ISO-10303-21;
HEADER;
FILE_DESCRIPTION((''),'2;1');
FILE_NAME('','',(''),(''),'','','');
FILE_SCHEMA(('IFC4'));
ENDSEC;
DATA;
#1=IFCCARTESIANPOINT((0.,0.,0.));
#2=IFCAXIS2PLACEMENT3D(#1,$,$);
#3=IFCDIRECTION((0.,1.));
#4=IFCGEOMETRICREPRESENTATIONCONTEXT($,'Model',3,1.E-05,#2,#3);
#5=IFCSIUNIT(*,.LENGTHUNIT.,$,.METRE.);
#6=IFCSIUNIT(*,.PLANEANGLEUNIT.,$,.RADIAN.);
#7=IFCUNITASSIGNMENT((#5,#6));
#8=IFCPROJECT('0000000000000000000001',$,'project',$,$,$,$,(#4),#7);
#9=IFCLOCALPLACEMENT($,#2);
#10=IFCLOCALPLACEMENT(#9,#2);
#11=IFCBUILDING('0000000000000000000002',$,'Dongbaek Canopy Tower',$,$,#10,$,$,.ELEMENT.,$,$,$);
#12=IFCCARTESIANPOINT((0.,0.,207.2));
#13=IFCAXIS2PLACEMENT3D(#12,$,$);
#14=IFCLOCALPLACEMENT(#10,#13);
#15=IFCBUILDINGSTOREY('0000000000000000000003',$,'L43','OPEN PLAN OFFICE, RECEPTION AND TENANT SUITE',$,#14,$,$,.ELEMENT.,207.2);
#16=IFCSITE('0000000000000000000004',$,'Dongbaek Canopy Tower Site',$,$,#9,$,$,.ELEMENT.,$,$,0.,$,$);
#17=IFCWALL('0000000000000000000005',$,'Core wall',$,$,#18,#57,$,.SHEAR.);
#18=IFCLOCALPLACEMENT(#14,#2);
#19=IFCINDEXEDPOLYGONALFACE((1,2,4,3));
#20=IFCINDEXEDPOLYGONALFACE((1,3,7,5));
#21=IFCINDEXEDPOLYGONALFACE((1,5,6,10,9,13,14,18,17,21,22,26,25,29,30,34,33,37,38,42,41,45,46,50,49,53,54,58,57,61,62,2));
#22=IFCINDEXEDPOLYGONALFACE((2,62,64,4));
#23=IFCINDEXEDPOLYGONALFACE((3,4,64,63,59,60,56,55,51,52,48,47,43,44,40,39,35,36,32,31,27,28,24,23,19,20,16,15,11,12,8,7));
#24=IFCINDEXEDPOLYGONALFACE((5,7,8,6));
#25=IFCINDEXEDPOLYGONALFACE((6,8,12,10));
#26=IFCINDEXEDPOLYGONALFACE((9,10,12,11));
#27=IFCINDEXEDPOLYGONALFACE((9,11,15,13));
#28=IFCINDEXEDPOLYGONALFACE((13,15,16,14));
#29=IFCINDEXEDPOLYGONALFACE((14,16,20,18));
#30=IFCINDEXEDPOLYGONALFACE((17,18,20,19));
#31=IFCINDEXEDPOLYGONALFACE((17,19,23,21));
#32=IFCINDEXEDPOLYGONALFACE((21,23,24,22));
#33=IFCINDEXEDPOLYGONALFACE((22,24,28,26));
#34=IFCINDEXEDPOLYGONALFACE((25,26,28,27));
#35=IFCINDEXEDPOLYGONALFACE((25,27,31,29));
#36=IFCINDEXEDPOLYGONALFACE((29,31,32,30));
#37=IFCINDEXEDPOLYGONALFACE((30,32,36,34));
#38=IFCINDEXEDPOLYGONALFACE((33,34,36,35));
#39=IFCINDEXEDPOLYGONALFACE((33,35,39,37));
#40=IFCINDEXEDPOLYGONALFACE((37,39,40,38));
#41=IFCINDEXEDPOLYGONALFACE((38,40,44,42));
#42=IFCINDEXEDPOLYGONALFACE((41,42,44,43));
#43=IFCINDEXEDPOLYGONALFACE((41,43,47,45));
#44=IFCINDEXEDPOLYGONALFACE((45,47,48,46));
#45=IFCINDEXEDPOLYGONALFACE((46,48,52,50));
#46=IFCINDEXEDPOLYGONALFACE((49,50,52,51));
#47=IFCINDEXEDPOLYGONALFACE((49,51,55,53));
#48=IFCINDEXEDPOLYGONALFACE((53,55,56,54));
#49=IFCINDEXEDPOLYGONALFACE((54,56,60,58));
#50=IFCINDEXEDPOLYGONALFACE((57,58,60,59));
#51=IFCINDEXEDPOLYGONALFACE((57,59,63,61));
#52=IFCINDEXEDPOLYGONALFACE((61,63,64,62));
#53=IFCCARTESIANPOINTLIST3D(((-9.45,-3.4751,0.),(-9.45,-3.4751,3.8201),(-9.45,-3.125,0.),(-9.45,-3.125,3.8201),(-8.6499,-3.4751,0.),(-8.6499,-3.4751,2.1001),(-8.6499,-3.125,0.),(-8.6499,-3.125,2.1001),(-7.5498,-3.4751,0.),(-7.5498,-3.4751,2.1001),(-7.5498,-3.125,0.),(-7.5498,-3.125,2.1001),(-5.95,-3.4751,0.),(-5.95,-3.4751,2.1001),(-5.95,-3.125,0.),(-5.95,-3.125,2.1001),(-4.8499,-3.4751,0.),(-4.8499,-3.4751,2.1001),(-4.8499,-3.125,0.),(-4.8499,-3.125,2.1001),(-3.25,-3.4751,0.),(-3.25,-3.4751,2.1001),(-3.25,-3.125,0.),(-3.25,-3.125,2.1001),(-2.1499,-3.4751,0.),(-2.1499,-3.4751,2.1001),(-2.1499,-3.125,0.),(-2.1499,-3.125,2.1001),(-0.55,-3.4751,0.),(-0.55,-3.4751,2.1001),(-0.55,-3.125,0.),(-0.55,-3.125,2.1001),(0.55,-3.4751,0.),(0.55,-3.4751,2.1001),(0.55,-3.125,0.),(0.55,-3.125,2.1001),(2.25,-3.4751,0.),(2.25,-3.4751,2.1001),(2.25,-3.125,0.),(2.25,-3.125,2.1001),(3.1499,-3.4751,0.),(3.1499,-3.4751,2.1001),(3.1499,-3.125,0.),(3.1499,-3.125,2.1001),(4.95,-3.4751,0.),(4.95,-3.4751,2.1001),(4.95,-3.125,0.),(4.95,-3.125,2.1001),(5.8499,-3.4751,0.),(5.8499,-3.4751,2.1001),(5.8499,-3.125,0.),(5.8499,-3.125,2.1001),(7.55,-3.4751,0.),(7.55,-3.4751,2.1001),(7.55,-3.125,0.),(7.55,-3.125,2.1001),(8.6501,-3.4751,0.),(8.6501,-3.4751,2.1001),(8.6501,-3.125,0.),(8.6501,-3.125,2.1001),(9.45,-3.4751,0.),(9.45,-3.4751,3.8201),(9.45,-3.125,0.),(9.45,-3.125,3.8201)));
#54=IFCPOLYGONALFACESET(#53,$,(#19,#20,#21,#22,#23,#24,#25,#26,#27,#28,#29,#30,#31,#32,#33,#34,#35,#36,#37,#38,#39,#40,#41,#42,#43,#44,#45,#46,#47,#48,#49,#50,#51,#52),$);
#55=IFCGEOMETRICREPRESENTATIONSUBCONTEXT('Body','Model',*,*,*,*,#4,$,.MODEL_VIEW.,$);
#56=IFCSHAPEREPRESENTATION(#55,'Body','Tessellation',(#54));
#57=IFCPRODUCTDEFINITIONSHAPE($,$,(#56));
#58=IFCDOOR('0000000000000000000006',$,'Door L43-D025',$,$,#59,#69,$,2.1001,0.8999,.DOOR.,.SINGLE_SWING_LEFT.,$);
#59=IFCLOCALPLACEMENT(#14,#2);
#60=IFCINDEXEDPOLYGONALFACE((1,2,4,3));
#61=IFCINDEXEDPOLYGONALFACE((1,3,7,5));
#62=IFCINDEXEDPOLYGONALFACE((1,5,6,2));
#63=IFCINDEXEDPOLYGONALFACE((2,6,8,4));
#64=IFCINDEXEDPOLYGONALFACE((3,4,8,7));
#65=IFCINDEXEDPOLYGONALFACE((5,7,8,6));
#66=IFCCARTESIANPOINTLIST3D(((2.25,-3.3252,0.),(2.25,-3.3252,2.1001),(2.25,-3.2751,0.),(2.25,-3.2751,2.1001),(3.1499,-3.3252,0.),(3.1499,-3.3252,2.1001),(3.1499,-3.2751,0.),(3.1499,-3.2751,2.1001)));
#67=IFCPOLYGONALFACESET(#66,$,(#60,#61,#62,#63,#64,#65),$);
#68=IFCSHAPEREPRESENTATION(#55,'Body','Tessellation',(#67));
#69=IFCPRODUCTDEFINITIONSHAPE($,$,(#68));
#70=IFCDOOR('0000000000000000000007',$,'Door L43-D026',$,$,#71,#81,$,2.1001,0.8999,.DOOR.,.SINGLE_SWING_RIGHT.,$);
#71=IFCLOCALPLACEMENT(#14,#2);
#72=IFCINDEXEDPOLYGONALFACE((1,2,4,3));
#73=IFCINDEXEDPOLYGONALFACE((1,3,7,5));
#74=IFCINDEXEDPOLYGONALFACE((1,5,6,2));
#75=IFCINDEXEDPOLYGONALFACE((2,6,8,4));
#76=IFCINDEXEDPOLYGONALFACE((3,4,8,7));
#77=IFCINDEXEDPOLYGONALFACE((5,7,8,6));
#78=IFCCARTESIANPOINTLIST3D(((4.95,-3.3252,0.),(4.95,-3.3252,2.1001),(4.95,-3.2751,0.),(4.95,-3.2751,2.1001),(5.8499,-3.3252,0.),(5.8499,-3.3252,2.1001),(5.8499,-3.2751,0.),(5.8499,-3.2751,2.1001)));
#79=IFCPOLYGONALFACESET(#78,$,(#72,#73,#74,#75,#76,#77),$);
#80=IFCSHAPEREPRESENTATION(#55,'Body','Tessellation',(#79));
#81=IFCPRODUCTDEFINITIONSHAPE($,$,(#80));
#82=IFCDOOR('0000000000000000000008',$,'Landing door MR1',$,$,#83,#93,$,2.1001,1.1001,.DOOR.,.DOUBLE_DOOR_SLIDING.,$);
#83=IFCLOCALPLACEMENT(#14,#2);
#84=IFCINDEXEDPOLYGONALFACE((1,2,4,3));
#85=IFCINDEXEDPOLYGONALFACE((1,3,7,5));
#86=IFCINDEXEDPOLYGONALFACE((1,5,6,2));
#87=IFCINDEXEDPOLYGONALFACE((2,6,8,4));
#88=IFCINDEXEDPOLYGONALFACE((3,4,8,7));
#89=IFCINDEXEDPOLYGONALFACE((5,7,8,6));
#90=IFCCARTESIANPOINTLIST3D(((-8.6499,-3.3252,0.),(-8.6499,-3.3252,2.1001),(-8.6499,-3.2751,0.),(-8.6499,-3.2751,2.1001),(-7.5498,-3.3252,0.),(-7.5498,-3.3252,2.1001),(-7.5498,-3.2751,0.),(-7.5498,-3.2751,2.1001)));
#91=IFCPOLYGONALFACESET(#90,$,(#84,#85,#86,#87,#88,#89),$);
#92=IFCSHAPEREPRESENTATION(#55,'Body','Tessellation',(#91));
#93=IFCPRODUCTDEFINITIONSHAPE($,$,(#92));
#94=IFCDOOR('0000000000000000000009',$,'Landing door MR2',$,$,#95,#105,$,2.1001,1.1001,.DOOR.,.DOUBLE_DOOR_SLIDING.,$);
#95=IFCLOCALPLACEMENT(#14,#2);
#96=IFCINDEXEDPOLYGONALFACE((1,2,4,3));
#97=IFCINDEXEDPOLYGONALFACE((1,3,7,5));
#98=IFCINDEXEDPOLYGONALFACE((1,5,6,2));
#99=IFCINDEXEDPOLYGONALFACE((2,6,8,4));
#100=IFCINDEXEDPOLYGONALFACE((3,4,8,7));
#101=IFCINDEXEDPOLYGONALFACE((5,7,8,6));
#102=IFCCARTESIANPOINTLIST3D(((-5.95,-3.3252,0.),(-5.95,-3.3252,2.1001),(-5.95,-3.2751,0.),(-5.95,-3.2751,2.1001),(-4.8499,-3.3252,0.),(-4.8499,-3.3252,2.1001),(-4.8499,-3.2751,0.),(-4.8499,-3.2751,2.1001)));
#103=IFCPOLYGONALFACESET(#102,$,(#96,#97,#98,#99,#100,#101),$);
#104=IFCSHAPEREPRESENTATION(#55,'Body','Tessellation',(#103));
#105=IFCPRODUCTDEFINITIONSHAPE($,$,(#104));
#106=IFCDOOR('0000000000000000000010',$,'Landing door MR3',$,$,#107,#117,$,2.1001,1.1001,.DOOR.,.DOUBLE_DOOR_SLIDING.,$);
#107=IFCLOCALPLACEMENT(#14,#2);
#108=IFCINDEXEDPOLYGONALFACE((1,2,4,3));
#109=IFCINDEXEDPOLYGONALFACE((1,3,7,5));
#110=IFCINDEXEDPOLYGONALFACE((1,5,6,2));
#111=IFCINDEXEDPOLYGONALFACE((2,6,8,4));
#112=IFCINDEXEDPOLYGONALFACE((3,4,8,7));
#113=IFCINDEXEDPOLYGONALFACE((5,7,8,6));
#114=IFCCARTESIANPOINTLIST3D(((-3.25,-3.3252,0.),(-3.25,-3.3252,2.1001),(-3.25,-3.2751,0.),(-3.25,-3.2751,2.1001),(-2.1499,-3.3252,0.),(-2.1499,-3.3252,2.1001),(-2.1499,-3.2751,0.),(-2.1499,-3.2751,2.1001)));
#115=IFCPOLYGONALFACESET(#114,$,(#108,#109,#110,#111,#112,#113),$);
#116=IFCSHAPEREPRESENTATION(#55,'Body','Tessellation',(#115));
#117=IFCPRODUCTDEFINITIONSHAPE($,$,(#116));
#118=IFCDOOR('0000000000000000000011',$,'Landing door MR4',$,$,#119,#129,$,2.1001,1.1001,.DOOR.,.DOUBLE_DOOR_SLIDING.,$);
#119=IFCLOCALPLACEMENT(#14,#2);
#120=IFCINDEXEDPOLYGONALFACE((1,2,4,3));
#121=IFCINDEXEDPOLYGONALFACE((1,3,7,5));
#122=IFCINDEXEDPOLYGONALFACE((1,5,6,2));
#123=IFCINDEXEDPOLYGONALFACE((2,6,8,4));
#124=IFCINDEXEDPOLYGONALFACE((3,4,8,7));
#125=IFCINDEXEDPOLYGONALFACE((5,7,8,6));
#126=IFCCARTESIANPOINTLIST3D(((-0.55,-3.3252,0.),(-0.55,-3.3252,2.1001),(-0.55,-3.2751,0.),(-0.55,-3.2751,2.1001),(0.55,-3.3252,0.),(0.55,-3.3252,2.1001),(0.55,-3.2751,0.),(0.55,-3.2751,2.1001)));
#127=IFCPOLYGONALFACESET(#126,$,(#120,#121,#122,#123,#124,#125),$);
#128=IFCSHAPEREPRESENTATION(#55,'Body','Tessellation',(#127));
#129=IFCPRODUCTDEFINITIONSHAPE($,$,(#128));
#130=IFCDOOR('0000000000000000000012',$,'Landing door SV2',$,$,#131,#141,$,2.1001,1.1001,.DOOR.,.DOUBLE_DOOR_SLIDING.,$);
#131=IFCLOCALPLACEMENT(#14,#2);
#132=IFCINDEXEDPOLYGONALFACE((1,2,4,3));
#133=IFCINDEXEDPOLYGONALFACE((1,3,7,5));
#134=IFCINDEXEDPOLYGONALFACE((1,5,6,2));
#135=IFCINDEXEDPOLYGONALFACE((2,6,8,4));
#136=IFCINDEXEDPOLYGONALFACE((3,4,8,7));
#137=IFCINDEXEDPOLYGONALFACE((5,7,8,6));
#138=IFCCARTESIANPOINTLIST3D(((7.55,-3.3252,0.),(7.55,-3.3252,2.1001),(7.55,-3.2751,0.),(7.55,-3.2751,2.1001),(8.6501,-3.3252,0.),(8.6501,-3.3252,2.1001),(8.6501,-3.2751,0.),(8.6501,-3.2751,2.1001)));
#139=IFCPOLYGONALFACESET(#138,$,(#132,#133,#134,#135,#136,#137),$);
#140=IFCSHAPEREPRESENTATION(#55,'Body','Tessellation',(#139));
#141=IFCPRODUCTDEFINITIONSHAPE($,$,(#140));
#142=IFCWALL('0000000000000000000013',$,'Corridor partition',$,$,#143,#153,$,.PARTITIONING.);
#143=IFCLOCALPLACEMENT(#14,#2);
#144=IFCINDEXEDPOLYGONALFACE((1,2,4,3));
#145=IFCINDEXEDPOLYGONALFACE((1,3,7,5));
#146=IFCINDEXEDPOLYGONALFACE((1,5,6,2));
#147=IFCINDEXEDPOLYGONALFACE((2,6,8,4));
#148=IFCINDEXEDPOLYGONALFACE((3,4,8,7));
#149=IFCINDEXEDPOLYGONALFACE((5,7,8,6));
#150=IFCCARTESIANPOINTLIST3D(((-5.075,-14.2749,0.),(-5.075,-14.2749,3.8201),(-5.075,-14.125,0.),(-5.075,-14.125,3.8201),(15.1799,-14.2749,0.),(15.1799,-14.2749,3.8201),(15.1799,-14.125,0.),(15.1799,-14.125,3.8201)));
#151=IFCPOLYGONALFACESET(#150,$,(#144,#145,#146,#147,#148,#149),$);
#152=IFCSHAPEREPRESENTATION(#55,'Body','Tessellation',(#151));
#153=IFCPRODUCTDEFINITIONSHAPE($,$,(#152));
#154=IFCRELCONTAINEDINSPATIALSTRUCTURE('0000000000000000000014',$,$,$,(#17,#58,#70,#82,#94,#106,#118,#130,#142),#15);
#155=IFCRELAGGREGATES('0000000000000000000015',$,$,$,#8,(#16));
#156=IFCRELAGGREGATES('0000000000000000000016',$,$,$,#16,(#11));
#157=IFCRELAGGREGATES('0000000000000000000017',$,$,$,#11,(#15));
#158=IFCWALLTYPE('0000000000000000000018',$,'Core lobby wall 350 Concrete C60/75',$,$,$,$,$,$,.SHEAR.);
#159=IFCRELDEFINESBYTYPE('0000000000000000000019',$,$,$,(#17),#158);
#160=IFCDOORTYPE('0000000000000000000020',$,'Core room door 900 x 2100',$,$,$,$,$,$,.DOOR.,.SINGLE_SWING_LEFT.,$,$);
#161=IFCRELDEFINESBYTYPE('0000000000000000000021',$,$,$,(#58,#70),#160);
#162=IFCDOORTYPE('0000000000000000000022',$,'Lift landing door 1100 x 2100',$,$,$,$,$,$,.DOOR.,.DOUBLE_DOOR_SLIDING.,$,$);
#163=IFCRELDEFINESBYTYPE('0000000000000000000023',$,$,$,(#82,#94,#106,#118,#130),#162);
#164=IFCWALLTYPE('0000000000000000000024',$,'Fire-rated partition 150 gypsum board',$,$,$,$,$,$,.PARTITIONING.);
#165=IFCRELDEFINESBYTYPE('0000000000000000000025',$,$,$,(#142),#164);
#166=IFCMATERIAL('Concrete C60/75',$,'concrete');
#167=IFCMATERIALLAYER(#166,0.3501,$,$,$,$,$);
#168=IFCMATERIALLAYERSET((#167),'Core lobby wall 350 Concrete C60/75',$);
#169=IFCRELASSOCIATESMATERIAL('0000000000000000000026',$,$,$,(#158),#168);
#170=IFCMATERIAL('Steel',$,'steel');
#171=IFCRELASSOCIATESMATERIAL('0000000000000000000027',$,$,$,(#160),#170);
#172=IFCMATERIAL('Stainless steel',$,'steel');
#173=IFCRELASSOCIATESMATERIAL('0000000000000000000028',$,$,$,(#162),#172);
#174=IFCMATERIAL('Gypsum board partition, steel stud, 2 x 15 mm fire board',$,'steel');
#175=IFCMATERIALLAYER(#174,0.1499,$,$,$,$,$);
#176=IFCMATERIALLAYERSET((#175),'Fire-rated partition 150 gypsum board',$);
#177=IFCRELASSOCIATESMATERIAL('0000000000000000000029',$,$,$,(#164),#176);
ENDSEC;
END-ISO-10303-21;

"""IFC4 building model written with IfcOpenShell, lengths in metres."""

from ifc_helpers import new_model, si_unit, direction, frame, frame_2d, origin, place, context, subcontext, project, spatial, rectangle, extrude, material, layer, layer_set, type_object, element, fill, save


model = new_model("IFC4")

# Units and contexts
model_context = context("Model", 3, precision=1e-05, world=origin(), true_north=direction((0.0, 1.0)))
body_context = subcontext(model_context, "Body", "Model", "MODEL_VIEW")
ifc_project = project(units=[si_unit("LENGTHUNIT", "METRE"), si_unit("PLANEANGLEUNIT", "RADIAN")], contexts=[model_context])

# Site, building, storey
site_placement = place(None, origin())
site = spatial("IfcSite", under=ifc_project, at=site_placement, Name="Dongbaek Canopy Tower Site", CompositionType="ELEMENT", RefElevation=0.0)
building_placement = place(site_placement, origin())
building = spatial("IfcBuilding", under=site, at=building_placement, Name="Dongbaek Canopy Tower", CompositionType="ELEMENT")
storey_placement = place(building_placement, frame((0.0, 0.0, 207.2)))
storey = spatial("IfcBuildingStorey", under=building, at=storey_placement, Name="L43", Description="OPEN PLAN OFFICE, RECEPTION AND TENANT SUITE", CompositionType="ELEMENT", Elevation=207.2)

# Wall, openings, doors
ifc_material_1 = material(Name="Concrete C60/75", Category="concrete")
ifc_layer_1 = layer(ifc_material_1, 0.3501)
ifc_layer_set_1 = layer_set([ifc_layer_1], Name="Core lobby wall 350 Concrete C60/75")
wall_type_1 = type_object("IfcWallType", Name="Core lobby wall 350 Concrete C60/75", PredefinedType="SHEAR", material=ifc_layer_set_1)
wall_1_placement = place(storey_placement, frame((-9.45, -3.3, 0.0), z_axis=(0.0, 0.0, 1.0), x_axis=(1.0, 0.0, 0.0)))
wall_1 = element("IfcWall", 1, at=wall_1_placement, inside=storey, type_object=wall_type_1, Name="Core wall", PredefinedType="SHEAR", context=body_context, shape_type="SweptSolid", body=[
    extrude(rectangle(XDim=18.8999, YDim=0.3501, at=frame_2d((9.45, 0.0))), origin(), (0.0, 0.0, 1.0), 3.8201),
])
opening_1_placement = place(wall_1_placement, frame((0.8, 0.0, 0.0)))
opening_1 = element("IfcOpeningElement", 2, at=opening_1_placement, cuts=wall_1, PredefinedType="OPENING", context=body_context, shape_type="SweptSolid", body=[
    extrude(rectangle(XDim=1.1001, YDim=2.1001, at=frame_2d((0.55, 1.05))), frame((0.0, 0.1851, 0.0), z_axis=(0.0, -1.0, 0.0), x_axis=(1.0, 0.0, 0.0)), (0.0, 0.0, 1.0), 0.3701),
])
opening_2_placement = place(wall_1_placement, frame((3.5, 0.0, 0.0)))
opening_2 = element("IfcOpeningElement", 3, at=opening_2_placement, cuts=wall_1, PredefinedType="OPENING", context=body_context, shape_type="SweptSolid", body=[
    extrude(rectangle(XDim=1.1001, YDim=2.1001, at=frame_2d((0.55, 1.05))), frame((0.0, 0.1851, 0.0), z_axis=(0.0, -1.0, 0.0), x_axis=(1.0, 0.0, 0.0)), (0.0, 0.0, 1.0), 0.3701),
])
opening_3_placement = place(wall_1_placement, frame((6.2, 0.0, 0.0)))
opening_3 = element("IfcOpeningElement", 4, at=opening_3_placement, cuts=wall_1, PredefinedType="OPENING", context=body_context, shape_type="SweptSolid", body=[
    extrude(rectangle(XDim=1.1001, YDim=2.1001, at=frame_2d((0.55, 1.05))), frame((0.0, 0.1851, 0.0), z_axis=(0.0, -1.0, 0.0), x_axis=(1.0, 0.0, 0.0)), (0.0, 0.0, 1.0), 0.3701),
])
opening_4_placement = place(wall_1_placement, frame((8.8999, 0.0, 0.0)))
opening_4 = element("IfcOpeningElement", 5, at=opening_4_placement, cuts=wall_1, PredefinedType="OPENING", context=body_context, shape_type="SweptSolid", body=[
    extrude(rectangle(XDim=1.1001, YDim=2.1001, at=frame_2d((0.55, 1.05))), frame((0.0, 0.1851, 0.0), z_axis=(0.0, -1.0, 0.0), x_axis=(1.0, 0.0, 0.0)), (0.0, 0.0, 1.0), 0.3701),
])
opening_5_placement = place(wall_1_placement, frame((17.0, 0.0, 0.0)))
opening_5 = element("IfcOpeningElement", 6, at=opening_5_placement, cuts=wall_1, PredefinedType="OPENING", context=body_context, shape_type="SweptSolid", body=[
    extrude(rectangle(XDim=1.1001, YDim=2.1001, at=frame_2d((0.55, 1.05))), frame((0.0, 0.1851, 0.0), z_axis=(0.0, -1.0, 0.0), x_axis=(1.0, 0.0, 0.0)), (0.0, 0.0, 1.0), 0.3701),
])
opening_6_placement = place(wall_1_placement, frame((11.7, 0.0, 0.0)))
opening_6 = element("IfcOpeningElement", 7, at=opening_6_placement, cuts=wall_1, PredefinedType="OPENING", context=body_context, shape_type="SweptSolid", body=[
    extrude(rectangle(XDim=0.8999, YDim=2.1001, at=frame_2d((0.45, 1.05))), frame((0.0, 0.1851, 0.0), z_axis=(0.0, -1.0, 0.0), x_axis=(1.0, 0.0, 0.0)), (0.0, 0.0, 1.0), 0.3701),
])
opening_7_placement = place(wall_1_placement, frame((14.3999, 0.0, 0.0)))
opening_7 = element("IfcOpeningElement", 8, at=opening_7_placement, cuts=wall_1, PredefinedType="OPENING", context=body_context, shape_type="SweptSolid", body=[
    extrude(rectangle(XDim=0.8999, YDim=2.1001, at=frame_2d((0.45, 1.05))), frame((0.0, 0.1851, 0.0), z_axis=(0.0, -1.0, 0.0), x_axis=(1.0, 0.0, 0.0)), (0.0, 0.0, 1.0), 0.3701),
])
ifc_material_2 = material(Name="Steel", Category="steel")
door_type_1 = type_object("IfcDoorType", Name="Core room door 900 x 2100", OperationType="SINGLE_SWING_LEFT", PredefinedType="DOOR", material=ifc_material_2)
door_1_placement = place(opening_6_placement, origin())
door_1 = element("IfcDoor", 9, at=door_1_placement, inside=storey, type_object=door_type_1, Name="Door L43-D025", OperationType="SINGLE_SWING_LEFT", OverallHeight=2.1001, OverallWidth=0.8999, PredefinedType="DOOR", context=body_context, shape_type="SweptSolid", body=[
    extrude(rectangle(XDim=0.8999, YDim=2.1001, at=frame_2d((0.45, 1.05))), frame((0.0, 0.0249, 0.0), z_axis=(0.0, -1.0, 0.0), x_axis=(1.0, 0.0, 0.0)), (0.0, 0.0, 1.0), 0.05),
])
fill(opening_6, door_1)
door_2_placement = place(opening_7_placement, origin())
door_2 = element("IfcDoor", 10, at=door_2_placement, inside=storey, type_object=door_type_1, Name="Door L43-D026", OperationType="SINGLE_SWING_RIGHT", OverallHeight=2.1001, OverallWidth=0.8999, PredefinedType="DOOR", context=body_context, shape_type="SweptSolid", body=[
    extrude(rectangle(XDim=0.8999, YDim=2.1001, at=frame_2d((0.45, 1.05))), frame((0.0, 0.0249, 0.0), z_axis=(0.0, -1.0, 0.0), x_axis=(1.0, 0.0, 0.0)), (0.0, 0.0, 1.0), 0.05),
])
fill(opening_7, door_2)
ifc_material_3 = material(Name="Stainless steel", Category="steel")
door_type_2 = type_object("IfcDoorType", Name="Lift landing door 1100 x 2100", OperationType="DOUBLE_DOOR_SLIDING", PredefinedType="DOOR", material=ifc_material_3)
door_3_placement = place(opening_1_placement, origin())
door_3 = element("IfcDoor", 11, at=door_3_placement, inside=storey, type_object=door_type_2, Name="Landing door MR1", OperationType="DOUBLE_DOOR_SLIDING", OverallHeight=2.1001, OverallWidth=1.1001, PredefinedType="DOOR", context=body_context, shape_type="SweptSolid", body=[
    extrude(rectangle(XDim=1.1001, YDim=2.1001, at=frame_2d((0.55, 1.05))), frame((0.0, 0.0249, 0.0), z_axis=(0.0, -1.0, 0.0), x_axis=(1.0, 0.0, 0.0)), (0.0, 0.0, 1.0), 0.05),
])
fill(opening_1, door_3)
door_4_placement = place(opening_2_placement, origin())
door_4 = element("IfcDoor", 12, at=door_4_placement, inside=storey, type_object=door_type_2, Name="Landing door MR2", OperationType="DOUBLE_DOOR_SLIDING", OverallHeight=2.1001, OverallWidth=1.1001, PredefinedType="DOOR", context=body_context, shape_type="SweptSolid", body=[
    extrude(rectangle(XDim=1.1001, YDim=2.1001, at=frame_2d((0.55, 1.05))), frame((0.0, 0.0249, 0.0), z_axis=(0.0, -1.0, 0.0), x_axis=(1.0, 0.0, 0.0)), (0.0, 0.0, 1.0), 0.05),
])
fill(opening_2, door_4)
door_5_placement = place(opening_3_placement, origin())
door_5 = element("IfcDoor", 13, at=door_5_placement, inside=storey, type_object=door_type_2, Name="Landing door MR3", OperationType="DOUBLE_DOOR_SLIDING", OverallHeight=2.1001, OverallWidth=1.1001, PredefinedType="DOOR", context=body_context, shape_type="SweptSolid", body=[
    extrude(rectangle(XDim=1.1001, YDim=2.1001, at=frame_2d((0.55, 1.05))), frame((0.0, 0.0249, 0.0), z_axis=(0.0, -1.0, 0.0), x_axis=(1.0, 0.0, 0.0)), (0.0, 0.0, 1.0), 0.05),
])
fill(opening_3, door_5)
door_6_placement = place(opening_4_placement, origin())
door_6 = element("IfcDoor", 14, at=door_6_placement, inside=storey, type_object=door_type_2, Name="Landing door MR4", OperationType="DOUBLE_DOOR_SLIDING", OverallHeight=2.1001, OverallWidth=1.1001, PredefinedType="DOOR", context=body_context, shape_type="SweptSolid", body=[
    extrude(rectangle(XDim=1.1001, YDim=2.1001, at=frame_2d((0.55, 1.05))), frame((0.0, 0.0249, 0.0), z_axis=(0.0, -1.0, 0.0), x_axis=(1.0, 0.0, 0.0)), (0.0, 0.0, 1.0), 0.05),
])
fill(opening_4, door_6)
door_7_placement = place(opening_5_placement, origin())
door_7 = element("IfcDoor", 15, at=door_7_placement, inside=storey, type_object=door_type_2, Name="Landing door SV2", OperationType="DOUBLE_DOOR_SLIDING", OverallHeight=2.1001, OverallWidth=1.1001, PredefinedType="DOOR", context=body_context, shape_type="SweptSolid", body=[
    extrude(rectangle(XDim=1.1001, YDim=2.1001, at=frame_2d((0.55, 1.05))), frame((0.0, 0.0249, 0.0), z_axis=(0.0, -1.0, 0.0), x_axis=(1.0, 0.0, 0.0)), (0.0, 0.0, 1.0), 0.05),
])
fill(opening_5, door_7)

# Wall
ifc_material_4 = material(Name="Gypsum board partition, steel stud, 2 x 15 mm fire board", Category="steel")
ifc_layer_2 = layer(ifc_material_4, 0.1499)
ifc_layer_set_2 = layer_set([ifc_layer_2], Name="Fire-rated partition 150 gypsum board")
wall_type_2 = type_object("IfcWallType", Name="Fire-rated partition 150 gypsum board", PredefinedType="PARTITIONING", material=ifc_layer_set_2)
wall_2_placement = place(storey_placement, frame((-5.075, -14.2, 0.0), z_axis=(0.0, 0.0, 1.0), x_axis=(1.0, 0.0, 0.0)))
element("IfcWall", 16, at=wall_2_placement, inside=storey, type_object=wall_type_2, Name="Corridor partition", PredefinedType="PARTITIONING", context=body_context, shape_type="SweptSolid", body=[
    extrude(rectangle(XDim=20.2549, YDim=0.1499, at=frame_2d((10.1274, 0.0))), origin(), (0.0, 0.0, 1.0), 3.8201),
])

save(model, "model.ifc")
